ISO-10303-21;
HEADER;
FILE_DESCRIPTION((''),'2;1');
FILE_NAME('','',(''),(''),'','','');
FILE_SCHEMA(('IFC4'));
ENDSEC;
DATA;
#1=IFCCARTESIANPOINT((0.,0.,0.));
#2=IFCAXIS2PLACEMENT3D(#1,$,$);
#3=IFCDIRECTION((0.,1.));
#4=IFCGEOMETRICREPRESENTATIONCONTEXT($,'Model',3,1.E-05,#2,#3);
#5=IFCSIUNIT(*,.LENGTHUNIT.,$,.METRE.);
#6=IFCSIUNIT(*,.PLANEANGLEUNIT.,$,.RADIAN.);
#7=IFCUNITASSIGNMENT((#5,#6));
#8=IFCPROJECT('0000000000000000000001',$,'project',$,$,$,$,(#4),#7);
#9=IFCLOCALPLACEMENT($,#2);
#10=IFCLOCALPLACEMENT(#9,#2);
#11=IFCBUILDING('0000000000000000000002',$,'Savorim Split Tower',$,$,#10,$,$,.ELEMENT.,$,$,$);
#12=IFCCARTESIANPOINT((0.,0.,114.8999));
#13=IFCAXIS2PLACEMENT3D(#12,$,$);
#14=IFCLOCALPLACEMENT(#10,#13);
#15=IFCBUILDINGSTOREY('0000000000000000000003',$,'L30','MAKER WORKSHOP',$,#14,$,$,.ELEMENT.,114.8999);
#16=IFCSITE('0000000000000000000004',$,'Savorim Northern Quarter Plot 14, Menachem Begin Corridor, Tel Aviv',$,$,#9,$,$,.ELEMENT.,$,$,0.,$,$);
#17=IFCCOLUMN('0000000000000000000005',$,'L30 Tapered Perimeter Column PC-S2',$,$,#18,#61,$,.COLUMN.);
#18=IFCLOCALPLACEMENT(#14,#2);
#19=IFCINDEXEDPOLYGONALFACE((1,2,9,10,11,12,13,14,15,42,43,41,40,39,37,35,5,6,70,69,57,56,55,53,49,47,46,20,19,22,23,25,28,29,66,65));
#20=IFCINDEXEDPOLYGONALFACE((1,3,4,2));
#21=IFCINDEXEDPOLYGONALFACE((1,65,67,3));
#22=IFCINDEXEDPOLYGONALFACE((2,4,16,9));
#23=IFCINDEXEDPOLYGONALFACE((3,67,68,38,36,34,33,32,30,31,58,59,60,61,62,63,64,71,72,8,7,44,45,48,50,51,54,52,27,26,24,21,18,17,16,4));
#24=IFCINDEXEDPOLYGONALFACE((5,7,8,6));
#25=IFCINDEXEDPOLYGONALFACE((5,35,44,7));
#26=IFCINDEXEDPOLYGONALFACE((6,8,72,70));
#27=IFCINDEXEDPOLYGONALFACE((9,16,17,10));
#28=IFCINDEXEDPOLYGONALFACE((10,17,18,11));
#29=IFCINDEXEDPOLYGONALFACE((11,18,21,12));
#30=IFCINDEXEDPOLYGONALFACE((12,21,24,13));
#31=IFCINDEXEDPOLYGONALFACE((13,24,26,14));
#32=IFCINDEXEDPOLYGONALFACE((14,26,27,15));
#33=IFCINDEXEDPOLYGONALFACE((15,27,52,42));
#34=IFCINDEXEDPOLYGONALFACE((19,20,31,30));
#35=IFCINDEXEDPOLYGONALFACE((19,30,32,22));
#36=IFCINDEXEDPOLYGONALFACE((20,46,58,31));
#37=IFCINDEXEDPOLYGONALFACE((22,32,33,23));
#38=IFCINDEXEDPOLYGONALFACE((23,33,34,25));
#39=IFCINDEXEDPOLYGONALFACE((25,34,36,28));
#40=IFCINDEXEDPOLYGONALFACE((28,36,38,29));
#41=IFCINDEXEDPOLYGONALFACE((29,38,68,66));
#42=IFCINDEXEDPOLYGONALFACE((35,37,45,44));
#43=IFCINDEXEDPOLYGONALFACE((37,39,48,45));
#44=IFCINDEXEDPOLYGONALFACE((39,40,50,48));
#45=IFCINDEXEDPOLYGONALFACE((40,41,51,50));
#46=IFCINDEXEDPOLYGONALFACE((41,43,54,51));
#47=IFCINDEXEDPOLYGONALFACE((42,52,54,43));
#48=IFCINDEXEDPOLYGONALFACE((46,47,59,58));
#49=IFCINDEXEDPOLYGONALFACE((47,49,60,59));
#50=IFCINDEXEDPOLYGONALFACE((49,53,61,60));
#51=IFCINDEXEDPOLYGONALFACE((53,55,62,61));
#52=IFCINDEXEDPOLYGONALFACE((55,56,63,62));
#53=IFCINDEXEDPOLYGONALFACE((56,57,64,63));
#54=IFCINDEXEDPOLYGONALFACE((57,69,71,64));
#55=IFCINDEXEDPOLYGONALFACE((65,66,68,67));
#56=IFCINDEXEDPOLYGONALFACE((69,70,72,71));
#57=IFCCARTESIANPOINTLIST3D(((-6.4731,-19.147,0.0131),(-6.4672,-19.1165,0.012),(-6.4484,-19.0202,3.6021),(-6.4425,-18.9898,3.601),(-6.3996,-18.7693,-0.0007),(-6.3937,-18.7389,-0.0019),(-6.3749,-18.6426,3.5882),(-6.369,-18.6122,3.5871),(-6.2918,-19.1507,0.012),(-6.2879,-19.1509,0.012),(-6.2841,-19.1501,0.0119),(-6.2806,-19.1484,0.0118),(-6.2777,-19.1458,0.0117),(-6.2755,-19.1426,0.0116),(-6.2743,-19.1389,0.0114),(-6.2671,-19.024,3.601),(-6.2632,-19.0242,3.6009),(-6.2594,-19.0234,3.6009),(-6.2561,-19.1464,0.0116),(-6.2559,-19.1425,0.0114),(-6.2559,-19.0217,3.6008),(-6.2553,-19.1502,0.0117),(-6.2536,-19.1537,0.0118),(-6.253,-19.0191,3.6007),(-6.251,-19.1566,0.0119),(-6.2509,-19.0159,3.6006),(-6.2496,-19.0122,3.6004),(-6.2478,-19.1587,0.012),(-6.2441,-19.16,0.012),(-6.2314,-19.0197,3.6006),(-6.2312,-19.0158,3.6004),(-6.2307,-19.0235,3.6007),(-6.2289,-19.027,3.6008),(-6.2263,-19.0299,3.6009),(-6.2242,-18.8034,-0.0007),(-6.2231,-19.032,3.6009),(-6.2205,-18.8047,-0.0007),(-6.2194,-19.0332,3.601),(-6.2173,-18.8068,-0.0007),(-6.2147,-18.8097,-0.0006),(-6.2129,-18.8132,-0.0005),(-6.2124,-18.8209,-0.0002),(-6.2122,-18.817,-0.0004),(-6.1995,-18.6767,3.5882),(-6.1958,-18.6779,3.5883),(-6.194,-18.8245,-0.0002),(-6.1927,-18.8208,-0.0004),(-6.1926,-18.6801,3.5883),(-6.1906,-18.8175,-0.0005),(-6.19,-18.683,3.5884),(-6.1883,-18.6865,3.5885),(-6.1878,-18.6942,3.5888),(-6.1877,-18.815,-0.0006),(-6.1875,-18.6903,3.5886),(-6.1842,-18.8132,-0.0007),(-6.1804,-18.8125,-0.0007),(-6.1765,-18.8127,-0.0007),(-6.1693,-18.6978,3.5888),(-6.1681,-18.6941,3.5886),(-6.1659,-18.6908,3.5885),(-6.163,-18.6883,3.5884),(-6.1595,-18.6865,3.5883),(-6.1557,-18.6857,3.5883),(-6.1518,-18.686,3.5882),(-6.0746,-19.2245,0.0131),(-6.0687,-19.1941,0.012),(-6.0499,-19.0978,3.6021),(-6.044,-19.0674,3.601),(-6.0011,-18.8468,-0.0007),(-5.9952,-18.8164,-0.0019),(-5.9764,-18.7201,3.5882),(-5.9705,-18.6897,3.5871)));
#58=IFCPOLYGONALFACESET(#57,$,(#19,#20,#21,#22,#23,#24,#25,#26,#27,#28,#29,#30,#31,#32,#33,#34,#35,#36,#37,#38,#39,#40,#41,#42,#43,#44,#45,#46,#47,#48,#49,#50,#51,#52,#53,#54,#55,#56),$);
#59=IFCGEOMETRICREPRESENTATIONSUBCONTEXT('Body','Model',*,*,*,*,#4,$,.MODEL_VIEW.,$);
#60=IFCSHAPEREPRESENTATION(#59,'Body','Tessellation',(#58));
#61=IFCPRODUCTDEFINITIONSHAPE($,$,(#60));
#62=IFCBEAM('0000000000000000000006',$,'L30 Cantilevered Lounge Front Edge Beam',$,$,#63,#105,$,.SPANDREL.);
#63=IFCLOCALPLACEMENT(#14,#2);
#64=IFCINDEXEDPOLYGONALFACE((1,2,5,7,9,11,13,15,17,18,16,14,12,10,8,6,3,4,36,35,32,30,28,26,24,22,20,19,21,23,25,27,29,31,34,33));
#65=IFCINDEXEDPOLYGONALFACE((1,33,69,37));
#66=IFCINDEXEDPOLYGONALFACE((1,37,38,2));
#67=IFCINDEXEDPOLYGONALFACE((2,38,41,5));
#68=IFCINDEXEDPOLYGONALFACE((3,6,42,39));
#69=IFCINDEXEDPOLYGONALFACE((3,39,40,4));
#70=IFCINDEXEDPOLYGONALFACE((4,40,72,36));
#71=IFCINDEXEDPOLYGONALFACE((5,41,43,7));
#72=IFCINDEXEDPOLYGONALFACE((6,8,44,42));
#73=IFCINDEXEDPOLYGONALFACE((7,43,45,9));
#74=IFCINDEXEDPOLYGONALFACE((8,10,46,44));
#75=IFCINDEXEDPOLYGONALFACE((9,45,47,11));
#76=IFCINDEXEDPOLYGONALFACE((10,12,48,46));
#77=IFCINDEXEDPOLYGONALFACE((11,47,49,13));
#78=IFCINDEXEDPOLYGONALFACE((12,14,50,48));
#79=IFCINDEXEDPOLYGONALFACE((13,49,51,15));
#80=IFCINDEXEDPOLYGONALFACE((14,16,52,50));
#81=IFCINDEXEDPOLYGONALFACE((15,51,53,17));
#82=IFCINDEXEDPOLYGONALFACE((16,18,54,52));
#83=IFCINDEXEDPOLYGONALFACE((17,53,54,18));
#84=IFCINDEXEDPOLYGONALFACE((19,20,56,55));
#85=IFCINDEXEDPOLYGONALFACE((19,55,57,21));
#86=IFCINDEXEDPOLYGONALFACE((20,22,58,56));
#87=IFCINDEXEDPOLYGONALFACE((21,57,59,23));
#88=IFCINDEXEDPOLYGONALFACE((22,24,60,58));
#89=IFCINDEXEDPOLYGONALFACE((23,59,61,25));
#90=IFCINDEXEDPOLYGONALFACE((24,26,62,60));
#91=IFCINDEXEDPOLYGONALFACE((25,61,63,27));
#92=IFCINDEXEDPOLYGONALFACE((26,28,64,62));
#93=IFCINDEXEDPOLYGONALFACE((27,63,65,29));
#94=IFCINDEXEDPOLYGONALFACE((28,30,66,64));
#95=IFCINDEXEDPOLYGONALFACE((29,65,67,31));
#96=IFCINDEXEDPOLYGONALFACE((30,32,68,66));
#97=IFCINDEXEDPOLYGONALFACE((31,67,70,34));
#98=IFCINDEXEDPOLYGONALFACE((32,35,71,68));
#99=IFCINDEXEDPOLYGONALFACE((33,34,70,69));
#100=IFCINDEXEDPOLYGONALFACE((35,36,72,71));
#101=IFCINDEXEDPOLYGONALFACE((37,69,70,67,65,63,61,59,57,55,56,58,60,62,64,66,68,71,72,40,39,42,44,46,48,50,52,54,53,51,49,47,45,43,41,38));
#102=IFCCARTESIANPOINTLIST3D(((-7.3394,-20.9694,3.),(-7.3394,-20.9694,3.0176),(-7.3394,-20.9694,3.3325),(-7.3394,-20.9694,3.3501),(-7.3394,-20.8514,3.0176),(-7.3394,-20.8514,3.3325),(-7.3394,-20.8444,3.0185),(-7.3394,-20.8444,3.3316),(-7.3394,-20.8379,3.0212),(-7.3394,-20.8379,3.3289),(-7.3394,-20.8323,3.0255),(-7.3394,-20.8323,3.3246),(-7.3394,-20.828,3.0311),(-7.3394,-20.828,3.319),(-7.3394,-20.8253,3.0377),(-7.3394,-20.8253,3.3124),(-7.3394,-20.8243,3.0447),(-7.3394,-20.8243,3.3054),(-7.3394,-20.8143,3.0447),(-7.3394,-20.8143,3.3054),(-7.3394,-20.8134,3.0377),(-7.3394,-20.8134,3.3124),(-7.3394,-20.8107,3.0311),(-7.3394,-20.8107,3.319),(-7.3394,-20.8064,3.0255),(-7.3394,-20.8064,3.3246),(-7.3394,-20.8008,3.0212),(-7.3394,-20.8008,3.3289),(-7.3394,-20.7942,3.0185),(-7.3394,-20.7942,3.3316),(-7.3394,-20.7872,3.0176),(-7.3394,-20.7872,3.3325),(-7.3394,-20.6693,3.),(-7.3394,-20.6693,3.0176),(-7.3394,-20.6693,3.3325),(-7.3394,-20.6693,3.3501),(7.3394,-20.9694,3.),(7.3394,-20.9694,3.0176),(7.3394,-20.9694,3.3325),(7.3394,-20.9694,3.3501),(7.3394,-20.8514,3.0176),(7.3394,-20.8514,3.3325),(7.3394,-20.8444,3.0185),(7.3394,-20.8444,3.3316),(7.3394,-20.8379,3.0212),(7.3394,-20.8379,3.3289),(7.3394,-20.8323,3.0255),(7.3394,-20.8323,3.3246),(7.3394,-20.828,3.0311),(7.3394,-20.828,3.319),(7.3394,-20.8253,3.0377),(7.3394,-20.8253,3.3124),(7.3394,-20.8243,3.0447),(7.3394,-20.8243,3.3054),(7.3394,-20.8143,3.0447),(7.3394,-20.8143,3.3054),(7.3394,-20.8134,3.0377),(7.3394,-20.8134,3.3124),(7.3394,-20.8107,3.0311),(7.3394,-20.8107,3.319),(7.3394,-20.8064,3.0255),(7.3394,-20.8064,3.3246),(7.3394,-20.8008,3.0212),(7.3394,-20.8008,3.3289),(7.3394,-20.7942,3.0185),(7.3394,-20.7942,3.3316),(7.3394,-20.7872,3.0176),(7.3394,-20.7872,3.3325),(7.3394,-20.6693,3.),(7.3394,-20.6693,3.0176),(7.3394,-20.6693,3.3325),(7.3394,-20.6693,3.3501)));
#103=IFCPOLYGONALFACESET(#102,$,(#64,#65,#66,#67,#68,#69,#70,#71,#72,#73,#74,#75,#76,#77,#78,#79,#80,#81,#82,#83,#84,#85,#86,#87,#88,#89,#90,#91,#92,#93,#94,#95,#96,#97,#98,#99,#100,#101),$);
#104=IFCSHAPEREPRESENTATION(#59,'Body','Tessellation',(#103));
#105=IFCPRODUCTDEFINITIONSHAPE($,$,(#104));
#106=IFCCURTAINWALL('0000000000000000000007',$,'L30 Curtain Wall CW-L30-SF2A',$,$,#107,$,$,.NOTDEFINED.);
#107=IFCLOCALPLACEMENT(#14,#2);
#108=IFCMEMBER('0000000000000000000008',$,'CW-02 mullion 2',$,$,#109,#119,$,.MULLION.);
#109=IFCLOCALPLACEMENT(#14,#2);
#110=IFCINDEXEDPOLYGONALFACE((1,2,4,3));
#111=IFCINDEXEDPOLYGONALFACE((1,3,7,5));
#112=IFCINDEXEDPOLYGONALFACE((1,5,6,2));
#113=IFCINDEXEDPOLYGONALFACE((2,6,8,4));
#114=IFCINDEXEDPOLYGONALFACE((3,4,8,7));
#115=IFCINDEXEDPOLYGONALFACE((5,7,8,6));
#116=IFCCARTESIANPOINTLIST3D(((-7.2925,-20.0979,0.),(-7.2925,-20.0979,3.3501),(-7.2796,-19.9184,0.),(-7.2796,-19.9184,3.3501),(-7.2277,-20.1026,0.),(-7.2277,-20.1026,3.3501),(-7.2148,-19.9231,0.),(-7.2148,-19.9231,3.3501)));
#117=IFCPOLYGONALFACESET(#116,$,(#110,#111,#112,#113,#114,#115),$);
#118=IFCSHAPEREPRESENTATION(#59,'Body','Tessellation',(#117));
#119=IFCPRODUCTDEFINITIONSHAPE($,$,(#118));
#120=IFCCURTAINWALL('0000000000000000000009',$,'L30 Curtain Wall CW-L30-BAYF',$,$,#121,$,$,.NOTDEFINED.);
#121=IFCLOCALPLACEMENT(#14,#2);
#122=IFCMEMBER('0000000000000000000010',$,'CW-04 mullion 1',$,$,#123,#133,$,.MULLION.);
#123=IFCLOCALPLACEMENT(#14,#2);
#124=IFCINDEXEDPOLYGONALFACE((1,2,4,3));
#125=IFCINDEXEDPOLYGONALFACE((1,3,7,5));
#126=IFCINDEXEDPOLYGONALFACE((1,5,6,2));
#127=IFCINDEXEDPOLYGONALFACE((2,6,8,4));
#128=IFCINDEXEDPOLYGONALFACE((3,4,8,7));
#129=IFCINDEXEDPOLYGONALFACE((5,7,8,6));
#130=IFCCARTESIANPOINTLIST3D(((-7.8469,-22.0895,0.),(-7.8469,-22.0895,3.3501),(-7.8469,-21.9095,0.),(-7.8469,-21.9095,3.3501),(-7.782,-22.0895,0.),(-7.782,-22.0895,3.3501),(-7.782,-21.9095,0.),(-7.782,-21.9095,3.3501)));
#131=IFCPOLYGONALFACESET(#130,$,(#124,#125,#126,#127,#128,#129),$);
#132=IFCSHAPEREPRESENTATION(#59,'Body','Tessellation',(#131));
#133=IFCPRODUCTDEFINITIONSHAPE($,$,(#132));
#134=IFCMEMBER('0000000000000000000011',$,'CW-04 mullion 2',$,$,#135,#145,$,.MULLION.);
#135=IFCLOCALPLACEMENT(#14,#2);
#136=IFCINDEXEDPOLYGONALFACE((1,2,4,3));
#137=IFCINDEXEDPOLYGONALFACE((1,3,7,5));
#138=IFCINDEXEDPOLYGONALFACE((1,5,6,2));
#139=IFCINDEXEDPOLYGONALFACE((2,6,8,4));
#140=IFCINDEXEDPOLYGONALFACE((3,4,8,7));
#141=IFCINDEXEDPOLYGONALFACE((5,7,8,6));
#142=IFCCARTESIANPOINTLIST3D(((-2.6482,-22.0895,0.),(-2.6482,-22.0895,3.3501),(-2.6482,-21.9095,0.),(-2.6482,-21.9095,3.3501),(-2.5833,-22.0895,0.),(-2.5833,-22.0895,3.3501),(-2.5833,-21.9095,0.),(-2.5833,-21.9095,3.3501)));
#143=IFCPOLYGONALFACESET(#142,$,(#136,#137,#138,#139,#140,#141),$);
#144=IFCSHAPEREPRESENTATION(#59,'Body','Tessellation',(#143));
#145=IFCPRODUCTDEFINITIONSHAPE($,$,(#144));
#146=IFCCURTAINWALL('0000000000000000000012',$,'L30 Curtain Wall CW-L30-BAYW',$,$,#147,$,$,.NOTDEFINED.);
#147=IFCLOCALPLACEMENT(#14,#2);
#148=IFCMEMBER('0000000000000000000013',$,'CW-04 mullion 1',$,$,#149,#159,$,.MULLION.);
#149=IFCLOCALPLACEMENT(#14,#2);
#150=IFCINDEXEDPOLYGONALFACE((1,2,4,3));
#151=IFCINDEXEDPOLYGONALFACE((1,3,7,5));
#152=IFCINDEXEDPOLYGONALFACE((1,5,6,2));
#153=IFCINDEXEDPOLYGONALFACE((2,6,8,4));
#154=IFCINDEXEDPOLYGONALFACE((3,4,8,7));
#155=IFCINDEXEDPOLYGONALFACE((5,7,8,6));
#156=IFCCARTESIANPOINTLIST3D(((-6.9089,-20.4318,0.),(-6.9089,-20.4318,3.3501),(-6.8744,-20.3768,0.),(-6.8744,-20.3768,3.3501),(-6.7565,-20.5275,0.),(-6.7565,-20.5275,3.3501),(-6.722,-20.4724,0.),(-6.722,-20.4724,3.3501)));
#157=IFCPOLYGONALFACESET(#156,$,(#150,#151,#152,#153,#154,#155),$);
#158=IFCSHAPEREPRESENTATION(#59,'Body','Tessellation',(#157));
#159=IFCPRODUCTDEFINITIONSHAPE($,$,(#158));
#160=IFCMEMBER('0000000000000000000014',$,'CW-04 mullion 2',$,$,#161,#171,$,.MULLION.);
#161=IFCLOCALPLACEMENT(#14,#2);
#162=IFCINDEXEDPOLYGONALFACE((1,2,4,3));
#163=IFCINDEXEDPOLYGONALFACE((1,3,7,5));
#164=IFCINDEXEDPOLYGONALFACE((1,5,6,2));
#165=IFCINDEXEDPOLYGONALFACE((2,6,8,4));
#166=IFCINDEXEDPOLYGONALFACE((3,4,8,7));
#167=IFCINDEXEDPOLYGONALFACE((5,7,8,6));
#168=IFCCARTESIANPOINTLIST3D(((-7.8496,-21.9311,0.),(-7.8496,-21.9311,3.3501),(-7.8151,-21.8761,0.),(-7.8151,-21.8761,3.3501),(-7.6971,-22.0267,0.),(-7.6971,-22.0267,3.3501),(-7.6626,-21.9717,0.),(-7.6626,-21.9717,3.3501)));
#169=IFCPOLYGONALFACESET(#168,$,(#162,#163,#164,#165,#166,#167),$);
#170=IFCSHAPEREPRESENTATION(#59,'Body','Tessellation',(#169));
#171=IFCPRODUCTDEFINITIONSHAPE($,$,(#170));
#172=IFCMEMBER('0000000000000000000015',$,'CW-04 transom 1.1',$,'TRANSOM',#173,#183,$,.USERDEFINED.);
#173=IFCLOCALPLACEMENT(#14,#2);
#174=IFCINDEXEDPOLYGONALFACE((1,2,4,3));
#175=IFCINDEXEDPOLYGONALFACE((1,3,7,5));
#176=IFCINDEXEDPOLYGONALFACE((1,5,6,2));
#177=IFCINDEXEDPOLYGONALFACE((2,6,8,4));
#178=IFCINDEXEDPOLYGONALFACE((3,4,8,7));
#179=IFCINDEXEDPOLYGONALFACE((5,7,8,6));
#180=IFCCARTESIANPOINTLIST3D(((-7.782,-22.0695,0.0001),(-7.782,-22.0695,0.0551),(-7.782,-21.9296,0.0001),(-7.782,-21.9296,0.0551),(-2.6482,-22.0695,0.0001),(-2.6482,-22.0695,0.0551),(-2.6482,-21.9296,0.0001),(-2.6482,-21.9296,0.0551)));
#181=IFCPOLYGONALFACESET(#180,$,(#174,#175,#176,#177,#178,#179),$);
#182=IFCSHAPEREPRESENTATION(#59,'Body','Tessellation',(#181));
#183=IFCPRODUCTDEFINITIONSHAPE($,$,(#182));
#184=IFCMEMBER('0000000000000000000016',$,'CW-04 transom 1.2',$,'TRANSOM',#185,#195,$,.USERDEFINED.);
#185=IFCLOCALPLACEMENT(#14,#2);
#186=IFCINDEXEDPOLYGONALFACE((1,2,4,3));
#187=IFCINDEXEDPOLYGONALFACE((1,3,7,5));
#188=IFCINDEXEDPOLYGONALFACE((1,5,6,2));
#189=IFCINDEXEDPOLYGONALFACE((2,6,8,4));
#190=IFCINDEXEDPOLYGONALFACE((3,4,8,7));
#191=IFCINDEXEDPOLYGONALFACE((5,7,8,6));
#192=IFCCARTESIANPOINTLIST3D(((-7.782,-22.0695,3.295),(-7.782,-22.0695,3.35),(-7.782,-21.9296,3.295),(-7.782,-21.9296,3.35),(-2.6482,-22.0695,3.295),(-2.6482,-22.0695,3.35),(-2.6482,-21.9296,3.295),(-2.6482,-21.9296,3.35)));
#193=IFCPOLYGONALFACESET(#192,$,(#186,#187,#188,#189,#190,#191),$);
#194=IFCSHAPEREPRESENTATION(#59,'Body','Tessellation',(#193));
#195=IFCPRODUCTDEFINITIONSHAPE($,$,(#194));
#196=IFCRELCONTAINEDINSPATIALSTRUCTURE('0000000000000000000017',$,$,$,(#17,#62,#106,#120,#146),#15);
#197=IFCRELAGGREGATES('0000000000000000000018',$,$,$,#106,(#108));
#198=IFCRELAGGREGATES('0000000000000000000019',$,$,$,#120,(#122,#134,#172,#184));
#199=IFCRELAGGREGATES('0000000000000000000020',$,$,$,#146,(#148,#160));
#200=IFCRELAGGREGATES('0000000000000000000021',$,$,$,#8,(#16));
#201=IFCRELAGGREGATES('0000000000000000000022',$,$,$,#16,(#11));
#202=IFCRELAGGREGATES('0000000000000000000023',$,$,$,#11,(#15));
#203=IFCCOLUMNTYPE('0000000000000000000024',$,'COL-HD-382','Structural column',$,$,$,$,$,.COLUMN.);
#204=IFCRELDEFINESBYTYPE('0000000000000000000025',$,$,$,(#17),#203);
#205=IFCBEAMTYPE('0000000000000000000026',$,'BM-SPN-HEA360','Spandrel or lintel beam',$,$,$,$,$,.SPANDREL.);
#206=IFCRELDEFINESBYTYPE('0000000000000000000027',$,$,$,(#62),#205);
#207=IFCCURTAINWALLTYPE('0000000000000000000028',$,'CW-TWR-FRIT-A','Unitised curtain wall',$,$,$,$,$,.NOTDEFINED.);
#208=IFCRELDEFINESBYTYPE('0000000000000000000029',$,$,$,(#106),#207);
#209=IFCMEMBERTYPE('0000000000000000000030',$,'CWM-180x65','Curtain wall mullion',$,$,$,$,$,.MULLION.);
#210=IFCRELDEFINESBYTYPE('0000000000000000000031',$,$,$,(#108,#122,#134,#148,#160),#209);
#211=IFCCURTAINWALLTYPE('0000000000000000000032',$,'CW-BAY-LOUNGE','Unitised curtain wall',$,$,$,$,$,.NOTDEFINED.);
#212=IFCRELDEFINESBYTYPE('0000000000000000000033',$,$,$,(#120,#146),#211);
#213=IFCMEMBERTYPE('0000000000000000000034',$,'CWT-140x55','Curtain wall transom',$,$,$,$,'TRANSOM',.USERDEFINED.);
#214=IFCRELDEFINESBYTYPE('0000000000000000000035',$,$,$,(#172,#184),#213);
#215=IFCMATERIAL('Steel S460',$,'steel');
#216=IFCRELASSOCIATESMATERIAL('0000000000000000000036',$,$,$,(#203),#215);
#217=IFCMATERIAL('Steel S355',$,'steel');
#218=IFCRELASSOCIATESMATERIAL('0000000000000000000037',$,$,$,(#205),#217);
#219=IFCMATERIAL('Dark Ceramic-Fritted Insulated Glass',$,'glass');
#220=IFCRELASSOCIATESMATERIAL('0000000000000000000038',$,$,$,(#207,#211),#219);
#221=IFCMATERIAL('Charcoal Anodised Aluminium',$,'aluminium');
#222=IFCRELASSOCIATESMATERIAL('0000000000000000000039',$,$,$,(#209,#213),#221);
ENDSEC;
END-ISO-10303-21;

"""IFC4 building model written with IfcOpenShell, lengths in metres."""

from ifc_helpers import new_model, si_unit, direction, frame, origin, origin_2d, place, context, subcontext, project, spatial, rectangle, i_section, extrude, material, material_profile, profile_set, type_object, element, aggregate, save


model = new_model("IFC4")

# Units and contexts
model_context = context("Model", 3, precision=1e-05, world=origin(), true_north=direction((0.0, 1.0)))
body_context = subcontext(model_context, "Body", "Model", "MODEL_VIEW")
ifc_project = project(units=[si_unit("LENGTHUNIT", "METRE"), si_unit("PLANEANGLEUNIT", "RADIAN")], contexts=[model_context])

# Site, building, storey
site_placement = place(None, origin())
site = spatial("IfcSite", under=ifc_project, at=site_placement, Name="Savorim Northern Quarter Plot 14, Menachem Begin Corridor, Tel Aviv", CompositionType="ELEMENT", RefElevation=0.0)
building_placement = place(site_placement, origin())
building = spatial("IfcBuilding", under=site, at=building_placement, Name="Savorim Split Tower", CompositionType="ELEMENT")
storey_placement = place(building_placement, frame((0.0, 0.0, 114.8999)))
storey = spatial("IfcBuildingStorey", under=building, at=storey_placement, Name="L30", Description="MAKER WORKSHOP", CompositionType="ELEMENT", Elevation=114.8999)

# Column
ifc_material_1 = material(Name="Steel S460", Category="steel")
ifc_material_profile_1 = material_profile(ifc_material_1, i_section(OverallWidth=0.406, OverallDepth=0.416, WebThickness=0.0188, FlangeThickness=0.031, FilletRadius=0.0149, at=origin_2d()), Name="HD 400x382")
ifc_profile_set_1 = profile_set([ifc_material_profile_1], Name="Steel S460")
column_type = type_object("IfcColumnType", Name="COL-HD-382", Description="Structural column", PredefinedType="COLUMN", material=ifc_profile_set_1)
column_placement = place(storey_placement, frame((-6.2341, -18.9817, 0.0056), z_axis=(0.006866, 0.035283, 0.999354), x_axis=(-0.981586, 0.191022, 0.0)))
element("IfcColumn", 1, at=column_placement, inside=storey, type_object=column_type, Name="L30 Tapered Perimeter Column PC-S2", PredefinedType="COLUMN", context=body_context, shape_type="SweptSolid", body=[
    extrude(i_section(OverallWidth=0.406, OverallDepth=0.416, WebThickness=0.0188, FlangeThickness=0.031, FilletRadius=0.0149, at=origin_2d()), origin(), (0.0, 0.0, 1.0), 3.5913),
])

# Beam
ifc_material_2 = material(Name="Steel S355", Category="steel")
ifc_material_profile_2 = material_profile(ifc_material_2, i_section(OverallWidth=0.3, OverallDepth=0.3501, WebThickness=0.01, FlangeThickness=0.0176, FilletRadius=0.0271, at=origin_2d()), Name="HEA 360")
ifc_profile_set_2 = profile_set([ifc_material_profile_2], Name="Steel S355")
beam_type = type_object("IfcBeamType", Name="BM-SPN-HEA360", Description="Spandrel or lintel beam", PredefinedType="SPANDREL", material=ifc_profile_set_2)
beam_placement = place(storey_placement, frame((-7.3394, -20.8193, 3.175), z_axis=(1.0, 0.0, 0.0), x_axis=(0.0, 1.0, 0.0)))
element("IfcBeam", 2, at=beam_placement, inside=storey, type_object=beam_type, Name="L30 Cantilevered Lounge Front Edge Beam", PredefinedType="SPANDREL", context=body_context, shape_type="SweptSolid", body=[
    extrude(i_section(OverallWidth=0.3, OverallDepth=0.3501, WebThickness=0.01, FlangeThickness=0.0176, FilletRadius=0.0271, at=origin_2d()), origin(), (0.0, 0.0, 1.0), 14.6787),
])

# Curtain wall, member
ifc_material_3 = material(Name="Dark Ceramic-Fritted Insulated Glass", Category="glass")
curtain_wall_type_1 = type_object("IfcCurtainWallType", Name="CW-TWR-FRIT-A", Description="Unitised curtain wall", PredefinedType="NOTDEFINED", material=ifc_material_3)
curtain_wall_1_placement = place(storey_placement, origin())
curtain_wall_1 = element("IfcCurtainWall", 3, at=curtain_wall_1_placement, inside=storey, type_object=curtain_wall_type_1, Name="L30 Curtain Wall CW-L30-SF2A", PredefinedType="NOTDEFINED")
ifc_material_4 = material(Name="Charcoal Anodised Aluminium", Category="aluminium")
ifc_material_profile_3 = material_profile(ifc_material_4, rectangle(XDim=0.1799, YDim=0.0649, at=origin_2d()), Name="ALU-M 180x65")
ifc_profile_set_3 = profile_set([ifc_material_profile_3], Name="Charcoal Anodised Aluminium")
member_type_1 = type_object("IfcMemberType", Name="CWM-180x65", Description="Curtain wall mullion", PredefinedType="MULLION", material=ifc_profile_set_3)
member_1_placement = place(storey_placement, frame((-7.2537, -20.0105, 0.0), z_axis=(0.0, 0.0, 1.0), x_axis=(0.071549, 0.997437, 0.0)))
member_1 = element("IfcMember", 4, at=member_1_placement, type_object=member_type_1, Name="CW-02 mullion 2", PredefinedType="MULLION", context=body_context, shape_type="SweptSolid", body=[
    extrude(rectangle(XDim=0.1799, YDim=0.0649, at=origin_2d()), origin(), (0.0, 0.0, 1.0), 3.3501),
])
aggregate(curtain_wall_1, [member_1])

# Curtain walls, members
curtain_wall_type_2 = type_object("IfcCurtainWallType", Name="CW-BAY-LOUNGE", Description="Unitised curtain wall", PredefinedType="NOTDEFINED", material=ifc_material_3)
curtain_wall_2_placement = place(storey_placement, origin())
curtain_wall_2 = element("IfcCurtainWall", 5, at=curtain_wall_2_placement, inside=storey, type_object=curtain_wall_type_2, Name="L30 Curtain Wall CW-L30-BAYF", PredefinedType="NOTDEFINED")
member_2_placement = place(storey_placement, frame((-7.8145, -21.9995, 0.0), z_axis=(0.0, 0.0, 1.0), x_axis=(0.0, 1.0, 0.0)))
member_2 = element("IfcMember", 6, at=member_2_placement, type_object=member_type_1, Name="CW-04 mullion 1", PredefinedType="MULLION", context=body_context, shape_type="SweptSolid", body=[
    extrude(rectangle(XDim=0.1799, YDim=0.0649, at=origin_2d()), origin(), (0.0, 0.0, 1.0), 3.3501),
])
member_3_placement = place(storey_placement, frame((-2.6157, -21.9995, 0.0), z_axis=(0.0, 0.0, 1.0), x_axis=(0.0, 1.0, 0.0)))
member_3 = element("IfcMember", 7, at=member_3_placement, type_object=member_type_1, Name="CW-04 mullion 2", PredefinedType="MULLION", context=body_context, shape_type="SweptSolid", body=[
    extrude(rectangle(XDim=0.1799, YDim=0.0649, at=origin_2d()), origin(), (0.0, 0.0, 1.0), 3.3501),
])
curtain_wall_3_placement = place(storey_placement, origin())
curtain_wall_3 = element("IfcCurtainWall", 8, at=curtain_wall_3_placement, inside=storey, type_object=curtain_wall_type_2, Name="L30 Curtain Wall CW-L30-BAYW", PredefinedType="NOTDEFINED")
member_4_placement = place(storey_placement, frame((-6.8154, -20.4521, 0.0), z_axis=(0.0, 0.0, 1.0), x_axis=(0.847131, -0.531384, 0.0)))
member_4 = element("IfcMember", 9, at=member_4_placement, type_object=member_type_1, Name="CW-04 mullion 1", PredefinedType="MULLION", context=body_context, shape_type="SweptSolid", body=[
    extrude(rectangle(XDim=0.1799, YDim=0.0649, at=origin_2d()), origin(), (0.0, 0.0, 1.0), 3.3501),
])
member_5_placement = place(storey_placement, frame((-7.7561, -21.9514, 0.0), z_axis=(0.0, 0.0, 1.0), x_axis=(0.847131, -0.531384, 0.0)))
member_5 = element("IfcMember", 10, at=member_5_placement, type_object=member_type_1, Name="CW-04 mullion 2", PredefinedType="MULLION", context=body_context, shape_type="SweptSolid", body=[
    extrude(rectangle(XDim=0.1799, YDim=0.0649, at=origin_2d()), origin(), (0.0, 0.0, 1.0), 3.3501),
])

# Members
ifc_material_profile_4 = material_profile(ifc_material_4, rectangle(XDim=0.1399, YDim=0.0549, at=origin_2d()), Name="ALU-T 140x55")
ifc_profile_set_4 = profile_set([ifc_material_profile_4], Name="Charcoal Anodised Aluminium")
member_type_2 = type_object("IfcMemberType", Name="CWT-140x55", Description="Curtain wall transom", ElementType="TRANSOM", PredefinedType="USERDEFINED", material=ifc_profile_set_4)
member_6_placement = place(storey_placement, frame((-7.782, -21.9995, 0.0276), z_axis=(1.0, 0.0, 0.0), x_axis=(0.0, 1.0, 0.0)))
member_6 = element("IfcMember", 11, at=member_6_placement, type_object=member_type_2, Name="CW-04 transom 1.1", ObjectType="TRANSOM", PredefinedType="USERDEFINED", context=body_context, shape_type="SweptSolid", body=[
    extrude(rectangle(XDim=0.1399, YDim=0.0549, at=origin_2d()), origin(), (0.0, 0.0, 1.0), 5.1338),
])
member_7_placement = place(storey_placement, frame((-7.782, -21.9995, 3.3225), z_axis=(1.0, 0.0, 0.0), x_axis=(0.0, 1.0, 0.0)))
member_7 = element("IfcMember", 12, at=member_7_placement, type_object=member_type_2, Name="CW-04 transom 1.2", ObjectType="TRANSOM", PredefinedType="USERDEFINED", context=body_context, shape_type="SweptSolid", body=[
    extrude(rectangle(XDim=0.1399, YDim=0.0549, at=origin_2d()), origin(), (0.0, 0.0, 1.0), 5.1338),
])

aggregate(curtain_wall_2, [member_2, member_3, member_6, member_7])
aggregate(curtain_wall_3, [member_4, member_5])

save(model, "model.ifc")
